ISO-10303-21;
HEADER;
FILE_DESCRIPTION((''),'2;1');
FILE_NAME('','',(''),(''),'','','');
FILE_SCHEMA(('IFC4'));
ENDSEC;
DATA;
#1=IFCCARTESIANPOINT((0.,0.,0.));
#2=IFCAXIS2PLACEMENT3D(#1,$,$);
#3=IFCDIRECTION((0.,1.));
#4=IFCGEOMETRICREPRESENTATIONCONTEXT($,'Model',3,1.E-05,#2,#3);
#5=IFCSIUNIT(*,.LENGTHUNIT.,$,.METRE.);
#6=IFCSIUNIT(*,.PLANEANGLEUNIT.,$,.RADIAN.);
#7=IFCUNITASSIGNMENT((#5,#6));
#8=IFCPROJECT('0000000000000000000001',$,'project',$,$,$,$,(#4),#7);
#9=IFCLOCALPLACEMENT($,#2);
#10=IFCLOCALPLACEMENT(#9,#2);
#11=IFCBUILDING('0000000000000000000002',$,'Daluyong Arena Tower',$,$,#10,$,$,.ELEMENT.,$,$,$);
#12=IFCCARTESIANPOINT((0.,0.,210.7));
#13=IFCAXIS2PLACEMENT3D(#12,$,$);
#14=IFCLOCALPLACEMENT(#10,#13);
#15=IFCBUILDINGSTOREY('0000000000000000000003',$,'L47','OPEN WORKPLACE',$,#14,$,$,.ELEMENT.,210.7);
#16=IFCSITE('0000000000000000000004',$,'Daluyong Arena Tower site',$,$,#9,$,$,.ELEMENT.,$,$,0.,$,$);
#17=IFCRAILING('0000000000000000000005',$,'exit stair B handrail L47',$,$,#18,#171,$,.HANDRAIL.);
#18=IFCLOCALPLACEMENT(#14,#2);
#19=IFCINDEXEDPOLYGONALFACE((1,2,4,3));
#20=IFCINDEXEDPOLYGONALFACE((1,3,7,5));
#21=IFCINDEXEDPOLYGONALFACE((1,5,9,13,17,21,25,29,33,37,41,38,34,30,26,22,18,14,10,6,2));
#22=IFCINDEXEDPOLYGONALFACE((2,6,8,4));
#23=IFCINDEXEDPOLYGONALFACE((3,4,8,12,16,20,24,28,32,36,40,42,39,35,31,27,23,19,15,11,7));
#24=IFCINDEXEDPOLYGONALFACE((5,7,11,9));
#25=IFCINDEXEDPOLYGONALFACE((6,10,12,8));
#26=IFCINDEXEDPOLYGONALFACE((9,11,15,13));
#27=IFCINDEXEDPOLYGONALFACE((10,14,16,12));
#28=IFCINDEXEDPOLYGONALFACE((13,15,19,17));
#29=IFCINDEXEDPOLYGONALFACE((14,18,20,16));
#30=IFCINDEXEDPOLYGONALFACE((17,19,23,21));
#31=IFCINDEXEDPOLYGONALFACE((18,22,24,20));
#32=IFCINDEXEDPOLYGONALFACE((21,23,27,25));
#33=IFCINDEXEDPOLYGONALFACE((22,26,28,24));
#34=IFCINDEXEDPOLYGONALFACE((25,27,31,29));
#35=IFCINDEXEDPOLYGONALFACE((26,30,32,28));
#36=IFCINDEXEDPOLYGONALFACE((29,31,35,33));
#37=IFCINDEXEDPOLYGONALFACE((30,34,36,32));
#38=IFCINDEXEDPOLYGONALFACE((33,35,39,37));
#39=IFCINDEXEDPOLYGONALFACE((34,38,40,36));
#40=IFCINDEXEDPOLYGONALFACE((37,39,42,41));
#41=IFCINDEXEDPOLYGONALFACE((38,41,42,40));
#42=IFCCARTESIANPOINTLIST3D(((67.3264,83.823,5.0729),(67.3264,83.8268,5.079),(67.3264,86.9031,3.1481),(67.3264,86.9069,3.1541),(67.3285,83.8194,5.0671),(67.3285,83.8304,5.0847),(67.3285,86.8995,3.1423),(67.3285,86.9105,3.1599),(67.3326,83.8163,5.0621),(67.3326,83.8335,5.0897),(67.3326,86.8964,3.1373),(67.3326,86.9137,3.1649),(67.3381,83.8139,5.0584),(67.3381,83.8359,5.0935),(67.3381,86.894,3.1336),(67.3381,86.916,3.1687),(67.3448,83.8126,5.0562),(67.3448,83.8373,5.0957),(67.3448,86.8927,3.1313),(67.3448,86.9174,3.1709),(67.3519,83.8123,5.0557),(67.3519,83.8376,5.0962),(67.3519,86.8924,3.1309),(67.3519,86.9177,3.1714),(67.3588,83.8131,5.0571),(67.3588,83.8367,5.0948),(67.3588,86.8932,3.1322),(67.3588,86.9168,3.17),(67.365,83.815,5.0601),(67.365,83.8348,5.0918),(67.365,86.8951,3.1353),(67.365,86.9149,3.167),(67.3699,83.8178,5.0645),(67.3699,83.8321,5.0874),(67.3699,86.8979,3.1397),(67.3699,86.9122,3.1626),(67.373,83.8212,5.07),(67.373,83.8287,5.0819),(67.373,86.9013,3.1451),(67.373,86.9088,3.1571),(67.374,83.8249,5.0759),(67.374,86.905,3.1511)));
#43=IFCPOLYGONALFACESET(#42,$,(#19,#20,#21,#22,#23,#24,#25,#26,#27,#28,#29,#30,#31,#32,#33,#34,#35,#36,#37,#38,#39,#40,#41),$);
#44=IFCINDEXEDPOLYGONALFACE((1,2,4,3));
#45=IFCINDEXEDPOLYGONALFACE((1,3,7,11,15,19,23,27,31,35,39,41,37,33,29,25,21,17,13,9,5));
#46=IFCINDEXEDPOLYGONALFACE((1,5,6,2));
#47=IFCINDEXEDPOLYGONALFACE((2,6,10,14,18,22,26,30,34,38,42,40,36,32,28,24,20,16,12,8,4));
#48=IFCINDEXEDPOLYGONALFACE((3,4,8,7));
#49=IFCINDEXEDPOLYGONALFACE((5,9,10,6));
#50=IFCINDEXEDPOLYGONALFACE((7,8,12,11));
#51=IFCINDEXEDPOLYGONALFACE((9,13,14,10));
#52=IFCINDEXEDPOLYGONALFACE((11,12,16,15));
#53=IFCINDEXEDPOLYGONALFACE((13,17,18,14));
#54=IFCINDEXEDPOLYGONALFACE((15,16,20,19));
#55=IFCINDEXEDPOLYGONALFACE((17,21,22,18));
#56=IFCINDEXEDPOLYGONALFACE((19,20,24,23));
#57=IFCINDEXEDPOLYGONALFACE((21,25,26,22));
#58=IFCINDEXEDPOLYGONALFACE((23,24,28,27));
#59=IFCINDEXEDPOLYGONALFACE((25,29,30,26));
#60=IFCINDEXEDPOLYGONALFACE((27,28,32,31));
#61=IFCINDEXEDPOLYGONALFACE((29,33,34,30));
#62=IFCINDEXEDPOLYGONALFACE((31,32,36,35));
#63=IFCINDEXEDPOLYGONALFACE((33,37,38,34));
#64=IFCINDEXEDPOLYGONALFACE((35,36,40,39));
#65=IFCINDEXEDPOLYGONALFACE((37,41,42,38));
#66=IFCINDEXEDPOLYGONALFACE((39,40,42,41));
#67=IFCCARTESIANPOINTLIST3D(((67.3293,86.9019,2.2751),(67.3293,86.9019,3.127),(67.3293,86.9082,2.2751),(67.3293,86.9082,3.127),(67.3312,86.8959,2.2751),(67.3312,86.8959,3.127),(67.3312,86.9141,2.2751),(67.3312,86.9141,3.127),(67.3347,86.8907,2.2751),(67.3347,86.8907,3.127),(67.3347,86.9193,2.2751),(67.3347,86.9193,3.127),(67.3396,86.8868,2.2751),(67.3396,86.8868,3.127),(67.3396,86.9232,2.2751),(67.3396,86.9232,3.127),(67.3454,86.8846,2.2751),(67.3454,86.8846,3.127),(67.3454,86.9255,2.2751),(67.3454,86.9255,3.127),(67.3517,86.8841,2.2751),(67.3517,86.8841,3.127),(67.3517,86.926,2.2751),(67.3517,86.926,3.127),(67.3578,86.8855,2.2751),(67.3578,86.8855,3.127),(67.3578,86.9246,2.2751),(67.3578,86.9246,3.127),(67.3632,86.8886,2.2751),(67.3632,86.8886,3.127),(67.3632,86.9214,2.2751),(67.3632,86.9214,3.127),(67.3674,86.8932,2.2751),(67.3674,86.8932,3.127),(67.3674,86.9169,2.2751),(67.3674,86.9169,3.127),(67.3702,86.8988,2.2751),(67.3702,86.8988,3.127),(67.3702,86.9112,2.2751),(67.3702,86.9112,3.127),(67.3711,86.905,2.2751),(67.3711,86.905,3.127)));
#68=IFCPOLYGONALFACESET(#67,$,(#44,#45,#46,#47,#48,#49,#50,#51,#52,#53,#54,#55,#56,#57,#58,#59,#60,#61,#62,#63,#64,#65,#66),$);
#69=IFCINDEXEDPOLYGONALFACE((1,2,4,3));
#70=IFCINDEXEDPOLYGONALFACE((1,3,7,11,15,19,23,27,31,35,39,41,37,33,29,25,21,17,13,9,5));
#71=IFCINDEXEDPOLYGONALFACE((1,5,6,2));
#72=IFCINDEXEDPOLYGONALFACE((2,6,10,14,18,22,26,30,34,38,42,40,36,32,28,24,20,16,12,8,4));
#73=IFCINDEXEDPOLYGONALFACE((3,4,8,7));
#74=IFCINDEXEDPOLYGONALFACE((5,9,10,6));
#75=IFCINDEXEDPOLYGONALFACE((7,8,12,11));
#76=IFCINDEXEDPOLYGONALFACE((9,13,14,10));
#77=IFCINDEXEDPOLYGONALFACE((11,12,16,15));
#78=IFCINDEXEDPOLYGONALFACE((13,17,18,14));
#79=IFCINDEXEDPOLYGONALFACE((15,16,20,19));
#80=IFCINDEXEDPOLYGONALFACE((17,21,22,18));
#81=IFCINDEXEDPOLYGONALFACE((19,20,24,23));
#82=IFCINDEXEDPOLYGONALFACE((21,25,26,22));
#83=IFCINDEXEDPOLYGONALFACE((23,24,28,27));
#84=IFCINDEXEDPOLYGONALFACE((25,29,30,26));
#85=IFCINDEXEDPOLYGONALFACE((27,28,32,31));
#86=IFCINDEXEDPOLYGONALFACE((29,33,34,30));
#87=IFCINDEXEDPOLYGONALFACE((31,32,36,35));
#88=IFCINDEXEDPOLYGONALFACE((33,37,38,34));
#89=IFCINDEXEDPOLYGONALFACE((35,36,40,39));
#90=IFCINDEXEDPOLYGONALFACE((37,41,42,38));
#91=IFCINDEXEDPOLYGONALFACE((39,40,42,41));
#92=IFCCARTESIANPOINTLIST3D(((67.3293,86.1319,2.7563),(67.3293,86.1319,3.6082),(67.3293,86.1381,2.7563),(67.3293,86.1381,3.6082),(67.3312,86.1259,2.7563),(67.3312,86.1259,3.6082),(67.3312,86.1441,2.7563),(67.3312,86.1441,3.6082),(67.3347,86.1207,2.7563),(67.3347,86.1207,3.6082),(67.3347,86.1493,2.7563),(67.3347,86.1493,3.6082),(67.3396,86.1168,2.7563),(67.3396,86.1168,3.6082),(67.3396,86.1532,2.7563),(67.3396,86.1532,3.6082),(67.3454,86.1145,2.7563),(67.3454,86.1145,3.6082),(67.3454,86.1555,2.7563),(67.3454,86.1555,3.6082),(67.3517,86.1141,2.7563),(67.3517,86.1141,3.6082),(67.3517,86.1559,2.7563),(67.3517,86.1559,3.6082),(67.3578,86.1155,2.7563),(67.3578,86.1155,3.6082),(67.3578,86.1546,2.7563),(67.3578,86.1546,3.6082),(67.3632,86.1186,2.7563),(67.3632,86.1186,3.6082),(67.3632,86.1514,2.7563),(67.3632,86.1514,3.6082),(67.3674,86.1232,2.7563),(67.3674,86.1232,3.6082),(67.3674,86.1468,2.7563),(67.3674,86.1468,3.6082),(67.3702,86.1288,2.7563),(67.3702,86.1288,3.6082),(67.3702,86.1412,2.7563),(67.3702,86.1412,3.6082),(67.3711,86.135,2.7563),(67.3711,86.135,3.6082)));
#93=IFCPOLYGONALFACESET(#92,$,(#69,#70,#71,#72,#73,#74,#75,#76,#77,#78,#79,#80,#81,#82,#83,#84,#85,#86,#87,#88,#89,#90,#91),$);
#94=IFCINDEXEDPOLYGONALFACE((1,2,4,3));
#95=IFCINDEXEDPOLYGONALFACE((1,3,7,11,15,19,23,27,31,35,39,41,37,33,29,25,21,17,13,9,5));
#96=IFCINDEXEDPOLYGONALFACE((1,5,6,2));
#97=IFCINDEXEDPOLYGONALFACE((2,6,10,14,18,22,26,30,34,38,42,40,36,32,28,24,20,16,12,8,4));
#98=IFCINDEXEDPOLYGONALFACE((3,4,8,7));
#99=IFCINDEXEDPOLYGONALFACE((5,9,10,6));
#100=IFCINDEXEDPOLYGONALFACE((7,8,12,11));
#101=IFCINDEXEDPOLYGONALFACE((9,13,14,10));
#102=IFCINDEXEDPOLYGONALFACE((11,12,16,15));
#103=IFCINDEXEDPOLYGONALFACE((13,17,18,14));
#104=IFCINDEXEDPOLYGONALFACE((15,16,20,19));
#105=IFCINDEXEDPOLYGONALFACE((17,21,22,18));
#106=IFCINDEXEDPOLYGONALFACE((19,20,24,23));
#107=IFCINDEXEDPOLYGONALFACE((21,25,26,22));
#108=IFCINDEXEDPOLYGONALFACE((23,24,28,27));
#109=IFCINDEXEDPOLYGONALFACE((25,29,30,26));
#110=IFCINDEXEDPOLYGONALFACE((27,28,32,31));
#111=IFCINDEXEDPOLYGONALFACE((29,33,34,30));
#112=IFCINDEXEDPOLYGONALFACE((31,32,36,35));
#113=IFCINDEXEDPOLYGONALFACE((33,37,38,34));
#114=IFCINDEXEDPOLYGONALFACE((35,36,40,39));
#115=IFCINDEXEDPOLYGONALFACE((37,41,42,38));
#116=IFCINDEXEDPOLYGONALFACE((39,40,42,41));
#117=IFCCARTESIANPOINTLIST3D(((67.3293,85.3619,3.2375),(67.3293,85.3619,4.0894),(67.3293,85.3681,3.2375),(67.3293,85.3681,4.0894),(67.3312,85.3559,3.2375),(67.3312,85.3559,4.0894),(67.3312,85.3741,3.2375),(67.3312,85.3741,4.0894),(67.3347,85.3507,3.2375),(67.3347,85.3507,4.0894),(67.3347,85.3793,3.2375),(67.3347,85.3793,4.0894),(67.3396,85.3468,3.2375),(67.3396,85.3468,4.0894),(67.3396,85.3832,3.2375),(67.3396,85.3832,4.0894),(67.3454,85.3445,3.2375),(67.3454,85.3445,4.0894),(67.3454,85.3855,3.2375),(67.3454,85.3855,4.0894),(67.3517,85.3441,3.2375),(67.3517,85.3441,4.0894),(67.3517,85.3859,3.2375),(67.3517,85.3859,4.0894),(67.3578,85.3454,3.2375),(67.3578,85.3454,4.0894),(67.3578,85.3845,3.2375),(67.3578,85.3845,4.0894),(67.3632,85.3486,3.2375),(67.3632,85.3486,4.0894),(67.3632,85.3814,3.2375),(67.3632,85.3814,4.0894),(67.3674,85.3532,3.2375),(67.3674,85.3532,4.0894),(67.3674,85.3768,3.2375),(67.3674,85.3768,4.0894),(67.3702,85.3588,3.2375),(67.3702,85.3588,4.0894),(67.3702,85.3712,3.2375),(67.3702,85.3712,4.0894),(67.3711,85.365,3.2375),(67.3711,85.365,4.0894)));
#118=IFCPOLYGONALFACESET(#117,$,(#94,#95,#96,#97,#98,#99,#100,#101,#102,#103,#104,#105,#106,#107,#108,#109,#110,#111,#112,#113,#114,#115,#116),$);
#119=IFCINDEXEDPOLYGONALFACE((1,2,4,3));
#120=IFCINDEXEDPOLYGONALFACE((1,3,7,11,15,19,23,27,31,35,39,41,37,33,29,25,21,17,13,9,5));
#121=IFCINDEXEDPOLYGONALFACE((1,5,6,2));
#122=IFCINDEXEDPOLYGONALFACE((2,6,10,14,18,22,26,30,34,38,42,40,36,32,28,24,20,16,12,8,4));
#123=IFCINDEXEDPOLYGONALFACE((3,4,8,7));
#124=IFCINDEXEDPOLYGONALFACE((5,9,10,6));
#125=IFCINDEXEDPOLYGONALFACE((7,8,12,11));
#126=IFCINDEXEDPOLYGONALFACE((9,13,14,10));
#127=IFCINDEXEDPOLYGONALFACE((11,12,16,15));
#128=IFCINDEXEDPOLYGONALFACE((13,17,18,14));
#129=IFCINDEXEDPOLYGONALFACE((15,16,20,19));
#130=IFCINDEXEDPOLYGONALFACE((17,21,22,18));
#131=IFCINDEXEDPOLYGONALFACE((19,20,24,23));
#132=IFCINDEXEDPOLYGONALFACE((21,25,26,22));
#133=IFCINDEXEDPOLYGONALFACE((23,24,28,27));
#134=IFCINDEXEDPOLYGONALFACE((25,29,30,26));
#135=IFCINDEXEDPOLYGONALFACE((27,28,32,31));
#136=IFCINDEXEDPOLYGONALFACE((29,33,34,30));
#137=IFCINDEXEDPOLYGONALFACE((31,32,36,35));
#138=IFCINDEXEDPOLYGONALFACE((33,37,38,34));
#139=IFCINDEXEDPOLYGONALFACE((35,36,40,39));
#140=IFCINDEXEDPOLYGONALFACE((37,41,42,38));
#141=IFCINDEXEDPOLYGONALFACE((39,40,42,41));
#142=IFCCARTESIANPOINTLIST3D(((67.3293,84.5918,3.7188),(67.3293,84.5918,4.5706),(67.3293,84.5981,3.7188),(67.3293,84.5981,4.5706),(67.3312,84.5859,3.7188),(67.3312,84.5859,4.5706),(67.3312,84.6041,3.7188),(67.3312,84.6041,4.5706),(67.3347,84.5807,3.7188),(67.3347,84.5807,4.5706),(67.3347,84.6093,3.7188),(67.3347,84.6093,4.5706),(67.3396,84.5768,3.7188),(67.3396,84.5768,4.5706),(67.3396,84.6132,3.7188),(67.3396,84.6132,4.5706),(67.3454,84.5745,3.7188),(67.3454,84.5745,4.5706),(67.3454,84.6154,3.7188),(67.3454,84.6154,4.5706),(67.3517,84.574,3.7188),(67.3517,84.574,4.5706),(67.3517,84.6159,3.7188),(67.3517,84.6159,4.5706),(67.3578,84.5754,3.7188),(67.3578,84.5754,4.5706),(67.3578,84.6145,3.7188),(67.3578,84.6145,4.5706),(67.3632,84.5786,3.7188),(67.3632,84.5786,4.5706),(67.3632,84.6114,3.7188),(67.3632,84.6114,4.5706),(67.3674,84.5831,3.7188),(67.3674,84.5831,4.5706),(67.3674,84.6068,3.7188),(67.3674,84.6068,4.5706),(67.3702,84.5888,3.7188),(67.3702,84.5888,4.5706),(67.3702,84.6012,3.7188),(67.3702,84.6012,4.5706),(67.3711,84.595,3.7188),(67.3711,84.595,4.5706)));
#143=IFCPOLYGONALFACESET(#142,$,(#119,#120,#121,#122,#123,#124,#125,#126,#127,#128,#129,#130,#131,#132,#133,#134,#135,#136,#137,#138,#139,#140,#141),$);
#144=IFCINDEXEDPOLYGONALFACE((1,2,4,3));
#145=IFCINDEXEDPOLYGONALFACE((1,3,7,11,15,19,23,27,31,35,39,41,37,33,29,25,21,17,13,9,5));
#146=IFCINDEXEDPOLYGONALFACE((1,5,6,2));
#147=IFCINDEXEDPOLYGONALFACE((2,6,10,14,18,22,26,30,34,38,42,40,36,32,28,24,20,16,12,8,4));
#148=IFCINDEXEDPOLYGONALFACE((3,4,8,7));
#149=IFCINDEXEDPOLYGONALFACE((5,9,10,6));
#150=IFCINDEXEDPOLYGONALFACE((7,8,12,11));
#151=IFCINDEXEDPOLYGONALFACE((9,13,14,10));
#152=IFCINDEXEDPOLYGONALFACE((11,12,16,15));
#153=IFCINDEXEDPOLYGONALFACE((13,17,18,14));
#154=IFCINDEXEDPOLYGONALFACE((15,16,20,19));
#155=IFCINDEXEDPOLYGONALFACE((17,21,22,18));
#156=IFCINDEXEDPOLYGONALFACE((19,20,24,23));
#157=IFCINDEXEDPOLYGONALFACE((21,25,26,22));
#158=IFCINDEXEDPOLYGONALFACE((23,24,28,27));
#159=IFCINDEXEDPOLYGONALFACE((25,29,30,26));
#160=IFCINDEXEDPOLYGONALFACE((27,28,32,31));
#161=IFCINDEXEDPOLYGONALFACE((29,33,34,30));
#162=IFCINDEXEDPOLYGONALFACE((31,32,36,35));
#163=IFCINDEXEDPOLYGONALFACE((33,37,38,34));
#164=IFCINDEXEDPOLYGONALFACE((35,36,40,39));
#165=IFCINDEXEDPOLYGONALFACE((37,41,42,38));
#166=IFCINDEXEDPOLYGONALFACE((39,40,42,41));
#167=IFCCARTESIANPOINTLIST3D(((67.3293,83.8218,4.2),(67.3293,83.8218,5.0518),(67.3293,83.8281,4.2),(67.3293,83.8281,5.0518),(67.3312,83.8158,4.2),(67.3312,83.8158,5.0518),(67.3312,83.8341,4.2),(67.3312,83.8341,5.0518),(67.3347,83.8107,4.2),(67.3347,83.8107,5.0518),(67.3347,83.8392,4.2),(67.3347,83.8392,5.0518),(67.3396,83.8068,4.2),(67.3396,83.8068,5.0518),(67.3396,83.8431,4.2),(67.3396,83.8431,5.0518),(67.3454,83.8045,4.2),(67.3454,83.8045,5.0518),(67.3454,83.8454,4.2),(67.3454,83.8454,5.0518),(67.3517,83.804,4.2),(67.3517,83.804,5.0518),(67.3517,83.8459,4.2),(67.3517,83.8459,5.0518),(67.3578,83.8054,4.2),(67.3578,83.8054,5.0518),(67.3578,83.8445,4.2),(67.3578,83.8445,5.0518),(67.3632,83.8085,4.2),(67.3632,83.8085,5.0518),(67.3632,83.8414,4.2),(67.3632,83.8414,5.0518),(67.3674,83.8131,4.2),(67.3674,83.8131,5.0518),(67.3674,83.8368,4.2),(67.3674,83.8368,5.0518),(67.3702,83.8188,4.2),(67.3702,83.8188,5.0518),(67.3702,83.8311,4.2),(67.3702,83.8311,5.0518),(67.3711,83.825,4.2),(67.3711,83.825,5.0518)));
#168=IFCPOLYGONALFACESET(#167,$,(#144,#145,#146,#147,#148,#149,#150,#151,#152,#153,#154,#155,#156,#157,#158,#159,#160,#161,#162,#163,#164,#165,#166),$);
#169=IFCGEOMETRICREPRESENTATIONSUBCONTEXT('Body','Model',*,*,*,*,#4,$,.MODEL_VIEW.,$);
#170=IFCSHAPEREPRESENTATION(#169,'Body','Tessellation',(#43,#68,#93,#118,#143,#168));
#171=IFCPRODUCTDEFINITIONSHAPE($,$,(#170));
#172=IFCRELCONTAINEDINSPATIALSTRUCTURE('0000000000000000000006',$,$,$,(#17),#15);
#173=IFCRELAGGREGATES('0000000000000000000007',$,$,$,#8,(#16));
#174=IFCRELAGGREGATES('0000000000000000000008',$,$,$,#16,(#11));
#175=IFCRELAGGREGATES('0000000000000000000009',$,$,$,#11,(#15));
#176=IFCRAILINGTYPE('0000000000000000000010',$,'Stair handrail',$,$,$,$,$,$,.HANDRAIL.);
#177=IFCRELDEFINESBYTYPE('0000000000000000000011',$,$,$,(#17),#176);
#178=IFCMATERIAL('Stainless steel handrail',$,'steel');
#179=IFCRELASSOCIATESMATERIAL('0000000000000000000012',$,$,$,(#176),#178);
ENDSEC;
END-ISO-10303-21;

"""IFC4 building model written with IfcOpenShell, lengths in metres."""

from ifc_helpers import new_model, si_unit, direction, frame, origin, origin_2d, place, context, subcontext, project, spatial, circle, extrude, material, type_object, element, save


model = new_model("IFC4")

# Units and contexts
model_context = context("Model", 3, precision=1e-05, world=origin(), true_north=direction((0.0, 1.0)))
body_context = subcontext(model_context, "Body", "Model", "MODEL_VIEW")
ifc_project = project(units=[si_unit("LENGTHUNIT", "METRE"), si_unit("PLANEANGLEUNIT", "RADIAN")], contexts=[model_context])

# Site, building, storey
site_placement = place(None, origin())
site = spatial("IfcSite", under=ifc_project, at=site_placement, Name="Daluyong Arena Tower site", CompositionType="ELEMENT", RefElevation=0.0)
building_placement = place(site_placement, origin())
building = spatial("IfcBuilding", under=site, at=building_placement, Name="Daluyong Arena Tower", CompositionType="ELEMENT")
storey_placement = place(building_placement, frame((0.0, 0.0, 210.7)))
storey = spatial("IfcBuildingStorey", under=building, at=storey_placement, Name="L47", Description="OPEN WORKPLACE", CompositionType="ELEMENT", Elevation=210.7)

# Railing
ifc_material_1 = material(Name="Stainless steel handrail", Category="steel")
railing_type_1 = type_object("IfcRailingType", Name="Stair handrail", PredefinedType="HANDRAIL", material=ifc_material_1)
railing_1_placement = place(storey_placement, frame((67.3501, 86.905, 2.2751)))
element("IfcRailing", 1, at=railing_1_placement, inside=storey, type_object=railing_type_1, Name="exit stair B handrail L47", PredefinedType="HANDRAIL", context=body_context, shape_type="SweptSolid", body=[
    extrude(circle(Radius=0.0239, at=origin_2d()), frame((0.0, 0.0, 0.876), z_axis=(0.0, -0.848029, 0.529951), x_axis=(1.0, 0.0, 0.0)), (0.0, 0.0, 1.0), 3.6321),
    extrude(circle(Radius=0.021, at=origin_2d()), origin(), (0.0, 0.0, 1.0), 0.8518),
    extrude(circle(Radius=0.021, at=origin_2d()), frame((0.0, -0.77, 0.4812)), (0.0, 0.0, 1.0), 0.8518),
    extrude(circle(Radius=0.021, at=origin_2d()), frame((0.0, -1.54, 0.9624)), (0.0, 0.0, 1.0), 0.8518),
    extrude(circle(Radius=0.021, at=origin_2d()), frame((0.0, -2.3101, 1.4436)), (0.0, 0.0, 1.0), 0.8518),
    extrude(circle(Radius=0.021, at=origin_2d()), frame((0.0, -3.0801, 1.9248)), (0.0, 0.0, 1.0), 0.8518),
])

save(model, "model.ifc")
